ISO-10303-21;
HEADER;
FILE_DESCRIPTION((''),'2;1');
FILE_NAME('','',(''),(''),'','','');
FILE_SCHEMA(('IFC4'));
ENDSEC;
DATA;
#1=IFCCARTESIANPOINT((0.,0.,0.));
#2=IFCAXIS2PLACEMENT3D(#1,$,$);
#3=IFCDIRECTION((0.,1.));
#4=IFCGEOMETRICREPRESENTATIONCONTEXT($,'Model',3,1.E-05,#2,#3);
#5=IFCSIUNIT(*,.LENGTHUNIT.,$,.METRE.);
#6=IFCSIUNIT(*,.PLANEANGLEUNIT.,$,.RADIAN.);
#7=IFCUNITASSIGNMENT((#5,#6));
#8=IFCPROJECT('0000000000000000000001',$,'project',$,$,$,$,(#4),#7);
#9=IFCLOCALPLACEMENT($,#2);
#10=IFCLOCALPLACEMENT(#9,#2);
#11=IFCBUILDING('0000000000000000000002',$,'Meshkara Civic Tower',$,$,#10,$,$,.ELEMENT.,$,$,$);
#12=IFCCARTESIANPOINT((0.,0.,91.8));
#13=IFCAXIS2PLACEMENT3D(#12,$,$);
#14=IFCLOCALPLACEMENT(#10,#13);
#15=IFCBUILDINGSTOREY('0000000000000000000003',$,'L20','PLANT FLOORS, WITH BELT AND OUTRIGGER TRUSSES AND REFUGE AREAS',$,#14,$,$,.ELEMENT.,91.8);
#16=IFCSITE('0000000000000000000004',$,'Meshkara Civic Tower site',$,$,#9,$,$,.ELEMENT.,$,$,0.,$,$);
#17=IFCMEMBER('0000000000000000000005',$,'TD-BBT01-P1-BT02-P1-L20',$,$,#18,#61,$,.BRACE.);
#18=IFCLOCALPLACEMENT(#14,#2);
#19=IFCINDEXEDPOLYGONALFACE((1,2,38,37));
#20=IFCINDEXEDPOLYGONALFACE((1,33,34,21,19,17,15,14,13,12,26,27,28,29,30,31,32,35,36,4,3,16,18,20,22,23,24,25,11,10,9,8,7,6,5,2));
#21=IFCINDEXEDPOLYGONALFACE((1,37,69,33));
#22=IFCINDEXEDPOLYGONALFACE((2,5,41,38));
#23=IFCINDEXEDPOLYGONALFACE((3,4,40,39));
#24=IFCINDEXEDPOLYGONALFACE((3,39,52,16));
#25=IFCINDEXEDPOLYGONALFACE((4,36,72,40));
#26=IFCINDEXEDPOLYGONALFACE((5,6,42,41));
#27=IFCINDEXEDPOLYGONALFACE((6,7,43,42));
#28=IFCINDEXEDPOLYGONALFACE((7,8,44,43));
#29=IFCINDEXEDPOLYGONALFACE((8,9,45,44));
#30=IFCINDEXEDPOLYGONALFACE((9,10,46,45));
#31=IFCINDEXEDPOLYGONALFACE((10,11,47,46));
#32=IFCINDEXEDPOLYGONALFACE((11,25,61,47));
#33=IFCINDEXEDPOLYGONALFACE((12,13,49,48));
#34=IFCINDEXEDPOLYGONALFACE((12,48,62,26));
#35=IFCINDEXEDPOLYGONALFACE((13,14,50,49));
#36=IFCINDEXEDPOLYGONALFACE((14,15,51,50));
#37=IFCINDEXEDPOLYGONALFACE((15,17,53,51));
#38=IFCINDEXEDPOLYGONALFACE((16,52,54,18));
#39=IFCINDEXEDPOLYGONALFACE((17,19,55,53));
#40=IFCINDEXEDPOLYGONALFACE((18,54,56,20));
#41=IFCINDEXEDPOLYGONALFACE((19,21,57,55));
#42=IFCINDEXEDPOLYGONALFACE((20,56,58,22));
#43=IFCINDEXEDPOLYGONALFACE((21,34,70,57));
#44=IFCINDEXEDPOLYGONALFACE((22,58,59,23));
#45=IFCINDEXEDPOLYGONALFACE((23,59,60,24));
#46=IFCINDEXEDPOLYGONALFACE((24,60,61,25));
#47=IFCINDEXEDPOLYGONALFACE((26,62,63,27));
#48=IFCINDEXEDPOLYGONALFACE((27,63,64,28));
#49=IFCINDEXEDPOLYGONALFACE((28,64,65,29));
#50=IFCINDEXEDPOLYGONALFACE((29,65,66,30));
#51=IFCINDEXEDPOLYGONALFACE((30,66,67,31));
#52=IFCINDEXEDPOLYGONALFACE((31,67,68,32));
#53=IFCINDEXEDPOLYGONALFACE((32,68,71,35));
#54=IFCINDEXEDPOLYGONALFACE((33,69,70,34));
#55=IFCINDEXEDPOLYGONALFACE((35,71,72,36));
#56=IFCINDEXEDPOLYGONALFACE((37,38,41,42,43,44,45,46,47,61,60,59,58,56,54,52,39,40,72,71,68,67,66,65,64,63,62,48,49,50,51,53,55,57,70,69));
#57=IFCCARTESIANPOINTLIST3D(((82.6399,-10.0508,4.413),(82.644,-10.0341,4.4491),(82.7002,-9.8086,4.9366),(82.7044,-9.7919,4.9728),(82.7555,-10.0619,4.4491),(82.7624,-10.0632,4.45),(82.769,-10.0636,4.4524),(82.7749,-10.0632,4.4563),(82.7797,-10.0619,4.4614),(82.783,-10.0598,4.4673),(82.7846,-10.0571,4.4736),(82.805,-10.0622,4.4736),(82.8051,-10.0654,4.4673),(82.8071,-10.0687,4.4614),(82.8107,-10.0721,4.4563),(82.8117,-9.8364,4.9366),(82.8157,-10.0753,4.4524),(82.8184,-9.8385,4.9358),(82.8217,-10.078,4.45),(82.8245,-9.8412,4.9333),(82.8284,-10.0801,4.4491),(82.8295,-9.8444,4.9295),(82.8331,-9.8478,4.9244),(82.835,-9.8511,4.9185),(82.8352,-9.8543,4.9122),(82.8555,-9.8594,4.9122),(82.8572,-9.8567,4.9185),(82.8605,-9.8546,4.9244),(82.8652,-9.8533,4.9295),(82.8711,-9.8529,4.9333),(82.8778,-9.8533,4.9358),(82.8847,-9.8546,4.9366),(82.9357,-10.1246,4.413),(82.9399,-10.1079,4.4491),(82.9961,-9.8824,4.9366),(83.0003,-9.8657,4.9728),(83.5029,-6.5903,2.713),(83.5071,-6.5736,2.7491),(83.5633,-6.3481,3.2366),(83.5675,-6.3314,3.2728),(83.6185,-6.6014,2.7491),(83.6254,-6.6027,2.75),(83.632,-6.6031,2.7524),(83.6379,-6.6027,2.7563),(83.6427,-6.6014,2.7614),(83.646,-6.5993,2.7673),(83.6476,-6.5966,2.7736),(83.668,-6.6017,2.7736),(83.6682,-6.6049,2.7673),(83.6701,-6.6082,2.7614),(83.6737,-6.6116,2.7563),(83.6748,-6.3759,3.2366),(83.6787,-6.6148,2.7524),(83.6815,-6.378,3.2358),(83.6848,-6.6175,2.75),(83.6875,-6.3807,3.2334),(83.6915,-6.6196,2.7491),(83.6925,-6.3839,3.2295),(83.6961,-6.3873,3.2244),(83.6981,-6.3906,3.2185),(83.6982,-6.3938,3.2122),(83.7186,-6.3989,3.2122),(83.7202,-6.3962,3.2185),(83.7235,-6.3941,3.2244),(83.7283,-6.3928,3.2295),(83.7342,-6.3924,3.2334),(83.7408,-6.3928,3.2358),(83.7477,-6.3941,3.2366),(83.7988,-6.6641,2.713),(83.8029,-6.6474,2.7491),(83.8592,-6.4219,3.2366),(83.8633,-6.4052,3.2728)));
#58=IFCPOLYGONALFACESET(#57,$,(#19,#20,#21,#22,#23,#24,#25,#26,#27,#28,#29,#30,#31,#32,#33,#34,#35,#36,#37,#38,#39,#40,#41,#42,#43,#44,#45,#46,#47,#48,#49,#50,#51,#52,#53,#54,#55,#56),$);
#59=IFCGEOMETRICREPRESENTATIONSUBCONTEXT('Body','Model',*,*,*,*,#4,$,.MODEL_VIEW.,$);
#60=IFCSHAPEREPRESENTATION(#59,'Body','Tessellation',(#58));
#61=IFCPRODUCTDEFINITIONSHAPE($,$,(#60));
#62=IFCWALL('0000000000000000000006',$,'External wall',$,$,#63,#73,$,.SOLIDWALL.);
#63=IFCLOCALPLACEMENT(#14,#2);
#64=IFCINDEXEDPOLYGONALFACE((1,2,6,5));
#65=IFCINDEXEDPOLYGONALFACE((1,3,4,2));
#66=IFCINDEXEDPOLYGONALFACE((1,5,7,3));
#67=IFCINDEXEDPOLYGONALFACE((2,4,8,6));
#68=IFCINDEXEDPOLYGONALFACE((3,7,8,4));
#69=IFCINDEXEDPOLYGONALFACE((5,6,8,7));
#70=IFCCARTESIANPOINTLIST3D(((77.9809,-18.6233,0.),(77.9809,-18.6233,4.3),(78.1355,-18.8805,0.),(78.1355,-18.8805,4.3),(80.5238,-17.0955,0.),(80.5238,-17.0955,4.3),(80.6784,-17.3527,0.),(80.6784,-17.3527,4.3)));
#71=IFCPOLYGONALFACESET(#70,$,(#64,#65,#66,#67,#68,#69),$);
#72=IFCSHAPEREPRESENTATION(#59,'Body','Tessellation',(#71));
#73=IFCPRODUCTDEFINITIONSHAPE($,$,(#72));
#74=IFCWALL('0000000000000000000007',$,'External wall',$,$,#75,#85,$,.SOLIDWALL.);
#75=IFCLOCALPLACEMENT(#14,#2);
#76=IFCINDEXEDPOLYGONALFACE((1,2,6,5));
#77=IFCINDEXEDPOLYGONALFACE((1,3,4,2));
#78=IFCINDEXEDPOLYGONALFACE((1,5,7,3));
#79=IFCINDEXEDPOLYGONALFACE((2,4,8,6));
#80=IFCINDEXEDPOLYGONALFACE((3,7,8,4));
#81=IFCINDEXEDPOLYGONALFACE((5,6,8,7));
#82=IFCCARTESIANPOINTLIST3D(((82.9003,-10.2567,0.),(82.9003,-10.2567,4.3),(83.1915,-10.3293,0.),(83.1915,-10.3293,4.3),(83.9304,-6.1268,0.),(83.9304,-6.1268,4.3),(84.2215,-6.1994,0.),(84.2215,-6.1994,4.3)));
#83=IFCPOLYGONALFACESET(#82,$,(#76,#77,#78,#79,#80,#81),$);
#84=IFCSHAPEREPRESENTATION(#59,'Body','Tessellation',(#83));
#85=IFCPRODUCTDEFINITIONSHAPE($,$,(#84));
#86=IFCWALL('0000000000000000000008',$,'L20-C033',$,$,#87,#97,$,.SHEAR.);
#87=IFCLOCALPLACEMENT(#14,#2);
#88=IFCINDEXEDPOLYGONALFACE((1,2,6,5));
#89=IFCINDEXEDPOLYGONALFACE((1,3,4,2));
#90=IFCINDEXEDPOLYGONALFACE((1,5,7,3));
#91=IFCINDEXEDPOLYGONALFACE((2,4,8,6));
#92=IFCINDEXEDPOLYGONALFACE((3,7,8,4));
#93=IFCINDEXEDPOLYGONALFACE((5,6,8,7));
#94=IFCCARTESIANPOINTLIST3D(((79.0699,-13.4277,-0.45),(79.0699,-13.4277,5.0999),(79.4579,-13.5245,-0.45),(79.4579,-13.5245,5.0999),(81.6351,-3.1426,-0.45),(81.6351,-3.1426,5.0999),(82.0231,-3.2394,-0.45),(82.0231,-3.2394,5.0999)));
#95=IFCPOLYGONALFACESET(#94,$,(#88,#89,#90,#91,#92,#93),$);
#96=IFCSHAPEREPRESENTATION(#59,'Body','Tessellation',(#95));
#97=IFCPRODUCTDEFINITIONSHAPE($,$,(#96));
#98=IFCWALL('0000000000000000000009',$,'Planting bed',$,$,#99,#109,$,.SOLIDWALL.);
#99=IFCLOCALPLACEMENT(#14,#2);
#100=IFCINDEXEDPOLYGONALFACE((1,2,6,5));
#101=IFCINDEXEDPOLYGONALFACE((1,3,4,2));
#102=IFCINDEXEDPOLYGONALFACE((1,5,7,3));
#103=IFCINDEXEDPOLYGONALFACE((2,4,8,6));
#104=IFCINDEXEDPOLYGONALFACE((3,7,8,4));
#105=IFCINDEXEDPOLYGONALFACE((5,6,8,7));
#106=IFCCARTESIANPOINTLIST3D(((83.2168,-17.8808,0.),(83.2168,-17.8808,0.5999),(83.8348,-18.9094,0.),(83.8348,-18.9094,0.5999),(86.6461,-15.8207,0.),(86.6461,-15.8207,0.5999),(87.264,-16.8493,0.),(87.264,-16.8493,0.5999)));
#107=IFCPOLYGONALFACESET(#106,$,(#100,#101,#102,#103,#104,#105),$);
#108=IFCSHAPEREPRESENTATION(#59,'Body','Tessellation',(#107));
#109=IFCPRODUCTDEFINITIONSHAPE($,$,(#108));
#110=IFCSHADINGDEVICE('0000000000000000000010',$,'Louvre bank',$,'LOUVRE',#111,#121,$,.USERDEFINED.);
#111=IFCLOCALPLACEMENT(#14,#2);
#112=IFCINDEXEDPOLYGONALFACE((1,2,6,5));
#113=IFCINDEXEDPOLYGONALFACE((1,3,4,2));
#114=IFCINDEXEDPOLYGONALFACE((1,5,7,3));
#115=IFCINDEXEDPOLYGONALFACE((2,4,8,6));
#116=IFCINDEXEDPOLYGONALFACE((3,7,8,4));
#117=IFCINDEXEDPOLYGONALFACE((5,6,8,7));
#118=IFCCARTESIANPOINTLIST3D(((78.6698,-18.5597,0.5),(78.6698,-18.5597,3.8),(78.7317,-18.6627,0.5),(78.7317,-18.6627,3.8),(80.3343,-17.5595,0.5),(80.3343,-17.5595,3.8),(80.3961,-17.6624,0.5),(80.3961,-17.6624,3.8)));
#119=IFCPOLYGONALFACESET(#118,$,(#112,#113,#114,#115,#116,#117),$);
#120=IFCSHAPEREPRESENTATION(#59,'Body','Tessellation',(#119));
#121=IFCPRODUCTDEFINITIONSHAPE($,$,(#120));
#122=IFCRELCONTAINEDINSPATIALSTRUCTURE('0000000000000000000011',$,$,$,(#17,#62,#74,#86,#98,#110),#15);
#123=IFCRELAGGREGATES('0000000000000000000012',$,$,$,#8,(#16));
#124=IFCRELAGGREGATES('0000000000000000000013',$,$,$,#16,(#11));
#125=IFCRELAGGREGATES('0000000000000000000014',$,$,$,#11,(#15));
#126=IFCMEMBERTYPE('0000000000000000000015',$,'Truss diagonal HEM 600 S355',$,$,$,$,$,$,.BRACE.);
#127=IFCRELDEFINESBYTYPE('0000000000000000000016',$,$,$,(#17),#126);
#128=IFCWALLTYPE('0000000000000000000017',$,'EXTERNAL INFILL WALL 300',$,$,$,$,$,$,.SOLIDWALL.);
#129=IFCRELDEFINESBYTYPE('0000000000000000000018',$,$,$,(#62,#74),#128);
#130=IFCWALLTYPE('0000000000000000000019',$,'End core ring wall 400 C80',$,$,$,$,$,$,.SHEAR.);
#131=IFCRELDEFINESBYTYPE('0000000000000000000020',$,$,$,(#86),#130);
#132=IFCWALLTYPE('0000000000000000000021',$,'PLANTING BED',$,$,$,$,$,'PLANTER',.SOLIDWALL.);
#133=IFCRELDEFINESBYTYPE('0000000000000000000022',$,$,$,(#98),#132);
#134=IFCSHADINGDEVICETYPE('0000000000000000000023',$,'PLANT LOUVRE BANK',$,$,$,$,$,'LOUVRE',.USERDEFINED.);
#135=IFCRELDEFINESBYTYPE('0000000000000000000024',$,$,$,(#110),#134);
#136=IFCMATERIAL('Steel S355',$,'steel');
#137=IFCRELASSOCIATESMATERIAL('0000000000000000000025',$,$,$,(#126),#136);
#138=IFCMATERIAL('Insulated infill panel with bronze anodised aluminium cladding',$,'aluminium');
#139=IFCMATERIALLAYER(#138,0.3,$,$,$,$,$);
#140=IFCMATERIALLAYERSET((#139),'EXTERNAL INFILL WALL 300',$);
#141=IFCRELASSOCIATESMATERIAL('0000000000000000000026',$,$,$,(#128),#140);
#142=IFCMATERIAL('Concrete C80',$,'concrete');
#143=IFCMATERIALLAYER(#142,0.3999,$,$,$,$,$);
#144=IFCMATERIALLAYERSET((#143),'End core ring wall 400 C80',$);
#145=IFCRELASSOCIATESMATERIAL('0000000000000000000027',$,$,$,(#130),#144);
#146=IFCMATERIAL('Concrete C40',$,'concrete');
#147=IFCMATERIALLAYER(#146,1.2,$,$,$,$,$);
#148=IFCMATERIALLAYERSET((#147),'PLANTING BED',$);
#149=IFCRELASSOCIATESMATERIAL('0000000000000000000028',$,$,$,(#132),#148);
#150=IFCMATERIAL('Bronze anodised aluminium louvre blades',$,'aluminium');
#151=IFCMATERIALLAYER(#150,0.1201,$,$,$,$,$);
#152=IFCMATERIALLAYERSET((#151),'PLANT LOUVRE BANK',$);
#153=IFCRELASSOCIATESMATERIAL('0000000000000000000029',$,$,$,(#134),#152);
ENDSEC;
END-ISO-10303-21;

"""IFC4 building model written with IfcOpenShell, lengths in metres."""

from ifc_helpers import new_model, si_unit, direction, frame, frame_2d, origin, origin_2d, place, context, subcontext, project, spatial, rectangle, i_section, extrude, material, layer, layer_set, material_profile, profile_set, type_object, element, save


model = new_model("IFC4")

# Units and contexts
model_context = context("Model", 3, precision=1e-05, world=origin(), true_north=direction((0.0, 1.0)))
body_context = subcontext(model_context, "Body", "Model", "MODEL_VIEW")
ifc_project = project(units=[si_unit("LENGTHUNIT", "METRE"), si_unit("PLANEANGLEUNIT", "RADIAN")], contexts=[model_context])

# Site, building, storey
site_placement = place(None, origin())
site = spatial("IfcSite", under=ifc_project, at=site_placement, Name="Meshkara Civic Tower site", CompositionType="ELEMENT", RefElevation=0.0)
building_placement = place(site_placement, origin())
building = spatial("IfcBuilding", under=site, at=building_placement, Name="Meshkara Civic Tower", CompositionType="ELEMENT")
storey_placement = place(building_placement, frame((0.0, 0.0, 91.8)))
storey = spatial("IfcBuildingStorey", under=building, at=storey_placement, Name="L20", Description="PLANT FLOORS, WITH BELT AND OUTRIGGER TRUSSES AND REFUGE AREAS", CompositionType="ELEMENT", Elevation=91.8)

# Member
ifc_material_1 = material(Name="Steel S355", Category="steel")
ifc_material_profile_1 = material_profile(ifc_material_1, i_section(OverallWidth=0.3049, OverallDepth=0.6201, WebThickness=0.021, FlangeThickness=0.04, FilletRadius=0.0271, at=origin_2d()))
ifc_profile_set_1 = profile_set([ifc_material_profile_1], Name="Steel S355")
member_type = type_object("IfcMemberType", Name="Truss diagonal HEM 600 S355", PredefinedType="BRACE", material=ifc_profile_set_1)
member_1_placement = place(storey_placement, frame((82.8201, -9.9583, 4.6929), z_axis=(0.218442, 0.87587, -0.430273), x_axis=(-0.970279, 0.241988, 0.0)))
element("IfcMember", 1, at=member_1_placement, inside=storey, type_object=member_type, Name="TD-BBT01-P1-BT02-P1-L20", PredefinedType="BRACE", context=body_context, shape_type="SweptSolid", body=[
    extrude(i_section(OverallWidth=0.3049, OverallDepth=0.6201, WebThickness=0.021, FlangeThickness=0.04, FilletRadius=0.0271, at=origin_2d()), origin(), (0.0, 0.0, 1.0), 3.9509),
])

# Wall
ifc_material_2 = material(Name="Insulated infill panel with bronze anodised aluminium cladding", Category="aluminium")
ifc_layer_1 = layer(ifc_material_2, 0.3)
ifc_layer_set_1 = layer_set([ifc_layer_1], Name="EXTERNAL INFILL WALL 300")
wall_type_1 = type_object("IfcWallType", Name="EXTERNAL INFILL WALL 300", PredefinedType="SOLIDWALL", material=ifc_layer_set_1)
wall_1_placement = place(storey_placement, frame((78.0581, -18.752, 0.0), z_axis=(0.0, 0.0, 1.0), x_axis=(0.857188, 0.515004, 0.0)))
element("IfcWall", 2, at=wall_1_placement, inside=storey, type_object=wall_type_1, Name="External wall", PredefinedType="SOLIDWALL", context=body_context, shape_type="SweptSolid", body=[
    extrude(rectangle(XDim=2.9666, YDim=0.3, at=frame_2d((1.4834, 0.0))), origin(), (0.0, 0.0, 1.0), 4.3),
])

# Walls
wall_2_placement = place(storey_placement, frame((83.0459, -10.293, 0.0), z_axis=(0.0, 0.0, 1.0), x_axis=(0.241996, 0.970277, 0.0)))
element("IfcWall", 3, at=wall_2_placement, inside=storey, type_object=wall_type_1, Name="External wall", PredefinedType="SOLIDWALL", context=body_context, shape_type="SweptSolid", body=[
    extrude(rectangle(XDim=4.2563, YDim=0.3, at=frame_2d((2.1282, 0.0))), origin(), (0.0, 0.0, 1.0), 4.3),
])
ifc_material_3 = material(Name="Concrete C80", Category="concrete")
ifc_layer_2 = layer(ifc_material_3, 0.3999)
ifc_layer_set_2 = layer_set([ifc_layer_2], Name="End core ring wall 400 C80")
wall_type_2 = type_object("IfcWallType", Name="End core ring wall 400 C80", PredefinedType="SHEAR", material=ifc_layer_set_2)
wall_3_placement = place(storey_placement, frame((79.2639, -13.4761, -0.45), z_axis=(0.0, 0.0, 1.0), x_axis=(0.241994, 0.970278, 0.0)))
element("IfcWall", 4, at=wall_3_placement, inside=storey, type_object=wall_type_2, Name="L20-C033", PredefinedType="SHEAR", context=body_context, shape_type="SweptSolid", body=[
    extrude(rectangle(XDim=10.6001, YDim=0.3999, at=frame_2d((5.3, 0.0))), origin(), (0.0, 0.0, 1.0), 5.5498),
])
ifc_material_4 = material(Name="Concrete C40", Category="concrete")
ifc_layer_3 = layer(ifc_material_4, 1.2)
ifc_layer_set_3 = layer_set([ifc_layer_3], Name="PLANTING BED")
wall_type_3 = type_object("IfcWallType", Name="PLANTING BED", ElementType="PLANTER", PredefinedType="SOLIDWALL", material=ifc_layer_set_3)
wall_4_placement = place(storey_placement, frame((86.9551, -16.335, 0.0), z_axis=(0.0, 0.0, 1.0), x_axis=(-0.857213, -0.514962, 0.0)))
element("IfcWall", 5, at=wall_4_placement, inside=storey, type_object=wall_type_3, Name="Planting bed", PredefinedType="SOLIDWALL", context=body_context, shape_type="SweptSolid", body=[
    extrude(rectangle(XDim=4.0005, YDim=1.2, at=frame_2d((2.0002, 0.0))), origin(), (0.0, 0.0, 1.0), 0.5999),
])

# Shading device
ifc_material_5 = material(Name="Bronze anodised aluminium louvre blades", Category="aluminium")
ifc_layer_4 = layer(ifc_material_5, 0.1201)
ifc_layer_set_4 = layer_set([ifc_layer_4], Name="PLANT LOUVRE BANK")
shading_device_type = type_object("IfcShadingDeviceType", Name="PLANT LOUVRE BANK", ElementType="LOUVRE", PredefinedType="USERDEFINED", material=ifc_layer_set_4)
shading_device_placement = place(storey_placement, frame((79.533, -18.1111, 0.5), z_axis=(0.0, 0.0, 1.0), x_axis=(0.857131, 0.515098, 0.0)))
element("IfcShadingDevice", 6, at=shading_device_placement, inside=storey, type_object=shading_device_type, Name="Louvre bank", ObjectType="LOUVRE", PredefinedType="USERDEFINED", context=body_context, shape_type="SweptSolid", body=[
    extrude(rectangle(XDim=1.9419, YDim=0.1201, at=origin_2d()), origin(), (0.0, 0.0, 1.0), 3.3),
])

save(model, "model.ifc")
